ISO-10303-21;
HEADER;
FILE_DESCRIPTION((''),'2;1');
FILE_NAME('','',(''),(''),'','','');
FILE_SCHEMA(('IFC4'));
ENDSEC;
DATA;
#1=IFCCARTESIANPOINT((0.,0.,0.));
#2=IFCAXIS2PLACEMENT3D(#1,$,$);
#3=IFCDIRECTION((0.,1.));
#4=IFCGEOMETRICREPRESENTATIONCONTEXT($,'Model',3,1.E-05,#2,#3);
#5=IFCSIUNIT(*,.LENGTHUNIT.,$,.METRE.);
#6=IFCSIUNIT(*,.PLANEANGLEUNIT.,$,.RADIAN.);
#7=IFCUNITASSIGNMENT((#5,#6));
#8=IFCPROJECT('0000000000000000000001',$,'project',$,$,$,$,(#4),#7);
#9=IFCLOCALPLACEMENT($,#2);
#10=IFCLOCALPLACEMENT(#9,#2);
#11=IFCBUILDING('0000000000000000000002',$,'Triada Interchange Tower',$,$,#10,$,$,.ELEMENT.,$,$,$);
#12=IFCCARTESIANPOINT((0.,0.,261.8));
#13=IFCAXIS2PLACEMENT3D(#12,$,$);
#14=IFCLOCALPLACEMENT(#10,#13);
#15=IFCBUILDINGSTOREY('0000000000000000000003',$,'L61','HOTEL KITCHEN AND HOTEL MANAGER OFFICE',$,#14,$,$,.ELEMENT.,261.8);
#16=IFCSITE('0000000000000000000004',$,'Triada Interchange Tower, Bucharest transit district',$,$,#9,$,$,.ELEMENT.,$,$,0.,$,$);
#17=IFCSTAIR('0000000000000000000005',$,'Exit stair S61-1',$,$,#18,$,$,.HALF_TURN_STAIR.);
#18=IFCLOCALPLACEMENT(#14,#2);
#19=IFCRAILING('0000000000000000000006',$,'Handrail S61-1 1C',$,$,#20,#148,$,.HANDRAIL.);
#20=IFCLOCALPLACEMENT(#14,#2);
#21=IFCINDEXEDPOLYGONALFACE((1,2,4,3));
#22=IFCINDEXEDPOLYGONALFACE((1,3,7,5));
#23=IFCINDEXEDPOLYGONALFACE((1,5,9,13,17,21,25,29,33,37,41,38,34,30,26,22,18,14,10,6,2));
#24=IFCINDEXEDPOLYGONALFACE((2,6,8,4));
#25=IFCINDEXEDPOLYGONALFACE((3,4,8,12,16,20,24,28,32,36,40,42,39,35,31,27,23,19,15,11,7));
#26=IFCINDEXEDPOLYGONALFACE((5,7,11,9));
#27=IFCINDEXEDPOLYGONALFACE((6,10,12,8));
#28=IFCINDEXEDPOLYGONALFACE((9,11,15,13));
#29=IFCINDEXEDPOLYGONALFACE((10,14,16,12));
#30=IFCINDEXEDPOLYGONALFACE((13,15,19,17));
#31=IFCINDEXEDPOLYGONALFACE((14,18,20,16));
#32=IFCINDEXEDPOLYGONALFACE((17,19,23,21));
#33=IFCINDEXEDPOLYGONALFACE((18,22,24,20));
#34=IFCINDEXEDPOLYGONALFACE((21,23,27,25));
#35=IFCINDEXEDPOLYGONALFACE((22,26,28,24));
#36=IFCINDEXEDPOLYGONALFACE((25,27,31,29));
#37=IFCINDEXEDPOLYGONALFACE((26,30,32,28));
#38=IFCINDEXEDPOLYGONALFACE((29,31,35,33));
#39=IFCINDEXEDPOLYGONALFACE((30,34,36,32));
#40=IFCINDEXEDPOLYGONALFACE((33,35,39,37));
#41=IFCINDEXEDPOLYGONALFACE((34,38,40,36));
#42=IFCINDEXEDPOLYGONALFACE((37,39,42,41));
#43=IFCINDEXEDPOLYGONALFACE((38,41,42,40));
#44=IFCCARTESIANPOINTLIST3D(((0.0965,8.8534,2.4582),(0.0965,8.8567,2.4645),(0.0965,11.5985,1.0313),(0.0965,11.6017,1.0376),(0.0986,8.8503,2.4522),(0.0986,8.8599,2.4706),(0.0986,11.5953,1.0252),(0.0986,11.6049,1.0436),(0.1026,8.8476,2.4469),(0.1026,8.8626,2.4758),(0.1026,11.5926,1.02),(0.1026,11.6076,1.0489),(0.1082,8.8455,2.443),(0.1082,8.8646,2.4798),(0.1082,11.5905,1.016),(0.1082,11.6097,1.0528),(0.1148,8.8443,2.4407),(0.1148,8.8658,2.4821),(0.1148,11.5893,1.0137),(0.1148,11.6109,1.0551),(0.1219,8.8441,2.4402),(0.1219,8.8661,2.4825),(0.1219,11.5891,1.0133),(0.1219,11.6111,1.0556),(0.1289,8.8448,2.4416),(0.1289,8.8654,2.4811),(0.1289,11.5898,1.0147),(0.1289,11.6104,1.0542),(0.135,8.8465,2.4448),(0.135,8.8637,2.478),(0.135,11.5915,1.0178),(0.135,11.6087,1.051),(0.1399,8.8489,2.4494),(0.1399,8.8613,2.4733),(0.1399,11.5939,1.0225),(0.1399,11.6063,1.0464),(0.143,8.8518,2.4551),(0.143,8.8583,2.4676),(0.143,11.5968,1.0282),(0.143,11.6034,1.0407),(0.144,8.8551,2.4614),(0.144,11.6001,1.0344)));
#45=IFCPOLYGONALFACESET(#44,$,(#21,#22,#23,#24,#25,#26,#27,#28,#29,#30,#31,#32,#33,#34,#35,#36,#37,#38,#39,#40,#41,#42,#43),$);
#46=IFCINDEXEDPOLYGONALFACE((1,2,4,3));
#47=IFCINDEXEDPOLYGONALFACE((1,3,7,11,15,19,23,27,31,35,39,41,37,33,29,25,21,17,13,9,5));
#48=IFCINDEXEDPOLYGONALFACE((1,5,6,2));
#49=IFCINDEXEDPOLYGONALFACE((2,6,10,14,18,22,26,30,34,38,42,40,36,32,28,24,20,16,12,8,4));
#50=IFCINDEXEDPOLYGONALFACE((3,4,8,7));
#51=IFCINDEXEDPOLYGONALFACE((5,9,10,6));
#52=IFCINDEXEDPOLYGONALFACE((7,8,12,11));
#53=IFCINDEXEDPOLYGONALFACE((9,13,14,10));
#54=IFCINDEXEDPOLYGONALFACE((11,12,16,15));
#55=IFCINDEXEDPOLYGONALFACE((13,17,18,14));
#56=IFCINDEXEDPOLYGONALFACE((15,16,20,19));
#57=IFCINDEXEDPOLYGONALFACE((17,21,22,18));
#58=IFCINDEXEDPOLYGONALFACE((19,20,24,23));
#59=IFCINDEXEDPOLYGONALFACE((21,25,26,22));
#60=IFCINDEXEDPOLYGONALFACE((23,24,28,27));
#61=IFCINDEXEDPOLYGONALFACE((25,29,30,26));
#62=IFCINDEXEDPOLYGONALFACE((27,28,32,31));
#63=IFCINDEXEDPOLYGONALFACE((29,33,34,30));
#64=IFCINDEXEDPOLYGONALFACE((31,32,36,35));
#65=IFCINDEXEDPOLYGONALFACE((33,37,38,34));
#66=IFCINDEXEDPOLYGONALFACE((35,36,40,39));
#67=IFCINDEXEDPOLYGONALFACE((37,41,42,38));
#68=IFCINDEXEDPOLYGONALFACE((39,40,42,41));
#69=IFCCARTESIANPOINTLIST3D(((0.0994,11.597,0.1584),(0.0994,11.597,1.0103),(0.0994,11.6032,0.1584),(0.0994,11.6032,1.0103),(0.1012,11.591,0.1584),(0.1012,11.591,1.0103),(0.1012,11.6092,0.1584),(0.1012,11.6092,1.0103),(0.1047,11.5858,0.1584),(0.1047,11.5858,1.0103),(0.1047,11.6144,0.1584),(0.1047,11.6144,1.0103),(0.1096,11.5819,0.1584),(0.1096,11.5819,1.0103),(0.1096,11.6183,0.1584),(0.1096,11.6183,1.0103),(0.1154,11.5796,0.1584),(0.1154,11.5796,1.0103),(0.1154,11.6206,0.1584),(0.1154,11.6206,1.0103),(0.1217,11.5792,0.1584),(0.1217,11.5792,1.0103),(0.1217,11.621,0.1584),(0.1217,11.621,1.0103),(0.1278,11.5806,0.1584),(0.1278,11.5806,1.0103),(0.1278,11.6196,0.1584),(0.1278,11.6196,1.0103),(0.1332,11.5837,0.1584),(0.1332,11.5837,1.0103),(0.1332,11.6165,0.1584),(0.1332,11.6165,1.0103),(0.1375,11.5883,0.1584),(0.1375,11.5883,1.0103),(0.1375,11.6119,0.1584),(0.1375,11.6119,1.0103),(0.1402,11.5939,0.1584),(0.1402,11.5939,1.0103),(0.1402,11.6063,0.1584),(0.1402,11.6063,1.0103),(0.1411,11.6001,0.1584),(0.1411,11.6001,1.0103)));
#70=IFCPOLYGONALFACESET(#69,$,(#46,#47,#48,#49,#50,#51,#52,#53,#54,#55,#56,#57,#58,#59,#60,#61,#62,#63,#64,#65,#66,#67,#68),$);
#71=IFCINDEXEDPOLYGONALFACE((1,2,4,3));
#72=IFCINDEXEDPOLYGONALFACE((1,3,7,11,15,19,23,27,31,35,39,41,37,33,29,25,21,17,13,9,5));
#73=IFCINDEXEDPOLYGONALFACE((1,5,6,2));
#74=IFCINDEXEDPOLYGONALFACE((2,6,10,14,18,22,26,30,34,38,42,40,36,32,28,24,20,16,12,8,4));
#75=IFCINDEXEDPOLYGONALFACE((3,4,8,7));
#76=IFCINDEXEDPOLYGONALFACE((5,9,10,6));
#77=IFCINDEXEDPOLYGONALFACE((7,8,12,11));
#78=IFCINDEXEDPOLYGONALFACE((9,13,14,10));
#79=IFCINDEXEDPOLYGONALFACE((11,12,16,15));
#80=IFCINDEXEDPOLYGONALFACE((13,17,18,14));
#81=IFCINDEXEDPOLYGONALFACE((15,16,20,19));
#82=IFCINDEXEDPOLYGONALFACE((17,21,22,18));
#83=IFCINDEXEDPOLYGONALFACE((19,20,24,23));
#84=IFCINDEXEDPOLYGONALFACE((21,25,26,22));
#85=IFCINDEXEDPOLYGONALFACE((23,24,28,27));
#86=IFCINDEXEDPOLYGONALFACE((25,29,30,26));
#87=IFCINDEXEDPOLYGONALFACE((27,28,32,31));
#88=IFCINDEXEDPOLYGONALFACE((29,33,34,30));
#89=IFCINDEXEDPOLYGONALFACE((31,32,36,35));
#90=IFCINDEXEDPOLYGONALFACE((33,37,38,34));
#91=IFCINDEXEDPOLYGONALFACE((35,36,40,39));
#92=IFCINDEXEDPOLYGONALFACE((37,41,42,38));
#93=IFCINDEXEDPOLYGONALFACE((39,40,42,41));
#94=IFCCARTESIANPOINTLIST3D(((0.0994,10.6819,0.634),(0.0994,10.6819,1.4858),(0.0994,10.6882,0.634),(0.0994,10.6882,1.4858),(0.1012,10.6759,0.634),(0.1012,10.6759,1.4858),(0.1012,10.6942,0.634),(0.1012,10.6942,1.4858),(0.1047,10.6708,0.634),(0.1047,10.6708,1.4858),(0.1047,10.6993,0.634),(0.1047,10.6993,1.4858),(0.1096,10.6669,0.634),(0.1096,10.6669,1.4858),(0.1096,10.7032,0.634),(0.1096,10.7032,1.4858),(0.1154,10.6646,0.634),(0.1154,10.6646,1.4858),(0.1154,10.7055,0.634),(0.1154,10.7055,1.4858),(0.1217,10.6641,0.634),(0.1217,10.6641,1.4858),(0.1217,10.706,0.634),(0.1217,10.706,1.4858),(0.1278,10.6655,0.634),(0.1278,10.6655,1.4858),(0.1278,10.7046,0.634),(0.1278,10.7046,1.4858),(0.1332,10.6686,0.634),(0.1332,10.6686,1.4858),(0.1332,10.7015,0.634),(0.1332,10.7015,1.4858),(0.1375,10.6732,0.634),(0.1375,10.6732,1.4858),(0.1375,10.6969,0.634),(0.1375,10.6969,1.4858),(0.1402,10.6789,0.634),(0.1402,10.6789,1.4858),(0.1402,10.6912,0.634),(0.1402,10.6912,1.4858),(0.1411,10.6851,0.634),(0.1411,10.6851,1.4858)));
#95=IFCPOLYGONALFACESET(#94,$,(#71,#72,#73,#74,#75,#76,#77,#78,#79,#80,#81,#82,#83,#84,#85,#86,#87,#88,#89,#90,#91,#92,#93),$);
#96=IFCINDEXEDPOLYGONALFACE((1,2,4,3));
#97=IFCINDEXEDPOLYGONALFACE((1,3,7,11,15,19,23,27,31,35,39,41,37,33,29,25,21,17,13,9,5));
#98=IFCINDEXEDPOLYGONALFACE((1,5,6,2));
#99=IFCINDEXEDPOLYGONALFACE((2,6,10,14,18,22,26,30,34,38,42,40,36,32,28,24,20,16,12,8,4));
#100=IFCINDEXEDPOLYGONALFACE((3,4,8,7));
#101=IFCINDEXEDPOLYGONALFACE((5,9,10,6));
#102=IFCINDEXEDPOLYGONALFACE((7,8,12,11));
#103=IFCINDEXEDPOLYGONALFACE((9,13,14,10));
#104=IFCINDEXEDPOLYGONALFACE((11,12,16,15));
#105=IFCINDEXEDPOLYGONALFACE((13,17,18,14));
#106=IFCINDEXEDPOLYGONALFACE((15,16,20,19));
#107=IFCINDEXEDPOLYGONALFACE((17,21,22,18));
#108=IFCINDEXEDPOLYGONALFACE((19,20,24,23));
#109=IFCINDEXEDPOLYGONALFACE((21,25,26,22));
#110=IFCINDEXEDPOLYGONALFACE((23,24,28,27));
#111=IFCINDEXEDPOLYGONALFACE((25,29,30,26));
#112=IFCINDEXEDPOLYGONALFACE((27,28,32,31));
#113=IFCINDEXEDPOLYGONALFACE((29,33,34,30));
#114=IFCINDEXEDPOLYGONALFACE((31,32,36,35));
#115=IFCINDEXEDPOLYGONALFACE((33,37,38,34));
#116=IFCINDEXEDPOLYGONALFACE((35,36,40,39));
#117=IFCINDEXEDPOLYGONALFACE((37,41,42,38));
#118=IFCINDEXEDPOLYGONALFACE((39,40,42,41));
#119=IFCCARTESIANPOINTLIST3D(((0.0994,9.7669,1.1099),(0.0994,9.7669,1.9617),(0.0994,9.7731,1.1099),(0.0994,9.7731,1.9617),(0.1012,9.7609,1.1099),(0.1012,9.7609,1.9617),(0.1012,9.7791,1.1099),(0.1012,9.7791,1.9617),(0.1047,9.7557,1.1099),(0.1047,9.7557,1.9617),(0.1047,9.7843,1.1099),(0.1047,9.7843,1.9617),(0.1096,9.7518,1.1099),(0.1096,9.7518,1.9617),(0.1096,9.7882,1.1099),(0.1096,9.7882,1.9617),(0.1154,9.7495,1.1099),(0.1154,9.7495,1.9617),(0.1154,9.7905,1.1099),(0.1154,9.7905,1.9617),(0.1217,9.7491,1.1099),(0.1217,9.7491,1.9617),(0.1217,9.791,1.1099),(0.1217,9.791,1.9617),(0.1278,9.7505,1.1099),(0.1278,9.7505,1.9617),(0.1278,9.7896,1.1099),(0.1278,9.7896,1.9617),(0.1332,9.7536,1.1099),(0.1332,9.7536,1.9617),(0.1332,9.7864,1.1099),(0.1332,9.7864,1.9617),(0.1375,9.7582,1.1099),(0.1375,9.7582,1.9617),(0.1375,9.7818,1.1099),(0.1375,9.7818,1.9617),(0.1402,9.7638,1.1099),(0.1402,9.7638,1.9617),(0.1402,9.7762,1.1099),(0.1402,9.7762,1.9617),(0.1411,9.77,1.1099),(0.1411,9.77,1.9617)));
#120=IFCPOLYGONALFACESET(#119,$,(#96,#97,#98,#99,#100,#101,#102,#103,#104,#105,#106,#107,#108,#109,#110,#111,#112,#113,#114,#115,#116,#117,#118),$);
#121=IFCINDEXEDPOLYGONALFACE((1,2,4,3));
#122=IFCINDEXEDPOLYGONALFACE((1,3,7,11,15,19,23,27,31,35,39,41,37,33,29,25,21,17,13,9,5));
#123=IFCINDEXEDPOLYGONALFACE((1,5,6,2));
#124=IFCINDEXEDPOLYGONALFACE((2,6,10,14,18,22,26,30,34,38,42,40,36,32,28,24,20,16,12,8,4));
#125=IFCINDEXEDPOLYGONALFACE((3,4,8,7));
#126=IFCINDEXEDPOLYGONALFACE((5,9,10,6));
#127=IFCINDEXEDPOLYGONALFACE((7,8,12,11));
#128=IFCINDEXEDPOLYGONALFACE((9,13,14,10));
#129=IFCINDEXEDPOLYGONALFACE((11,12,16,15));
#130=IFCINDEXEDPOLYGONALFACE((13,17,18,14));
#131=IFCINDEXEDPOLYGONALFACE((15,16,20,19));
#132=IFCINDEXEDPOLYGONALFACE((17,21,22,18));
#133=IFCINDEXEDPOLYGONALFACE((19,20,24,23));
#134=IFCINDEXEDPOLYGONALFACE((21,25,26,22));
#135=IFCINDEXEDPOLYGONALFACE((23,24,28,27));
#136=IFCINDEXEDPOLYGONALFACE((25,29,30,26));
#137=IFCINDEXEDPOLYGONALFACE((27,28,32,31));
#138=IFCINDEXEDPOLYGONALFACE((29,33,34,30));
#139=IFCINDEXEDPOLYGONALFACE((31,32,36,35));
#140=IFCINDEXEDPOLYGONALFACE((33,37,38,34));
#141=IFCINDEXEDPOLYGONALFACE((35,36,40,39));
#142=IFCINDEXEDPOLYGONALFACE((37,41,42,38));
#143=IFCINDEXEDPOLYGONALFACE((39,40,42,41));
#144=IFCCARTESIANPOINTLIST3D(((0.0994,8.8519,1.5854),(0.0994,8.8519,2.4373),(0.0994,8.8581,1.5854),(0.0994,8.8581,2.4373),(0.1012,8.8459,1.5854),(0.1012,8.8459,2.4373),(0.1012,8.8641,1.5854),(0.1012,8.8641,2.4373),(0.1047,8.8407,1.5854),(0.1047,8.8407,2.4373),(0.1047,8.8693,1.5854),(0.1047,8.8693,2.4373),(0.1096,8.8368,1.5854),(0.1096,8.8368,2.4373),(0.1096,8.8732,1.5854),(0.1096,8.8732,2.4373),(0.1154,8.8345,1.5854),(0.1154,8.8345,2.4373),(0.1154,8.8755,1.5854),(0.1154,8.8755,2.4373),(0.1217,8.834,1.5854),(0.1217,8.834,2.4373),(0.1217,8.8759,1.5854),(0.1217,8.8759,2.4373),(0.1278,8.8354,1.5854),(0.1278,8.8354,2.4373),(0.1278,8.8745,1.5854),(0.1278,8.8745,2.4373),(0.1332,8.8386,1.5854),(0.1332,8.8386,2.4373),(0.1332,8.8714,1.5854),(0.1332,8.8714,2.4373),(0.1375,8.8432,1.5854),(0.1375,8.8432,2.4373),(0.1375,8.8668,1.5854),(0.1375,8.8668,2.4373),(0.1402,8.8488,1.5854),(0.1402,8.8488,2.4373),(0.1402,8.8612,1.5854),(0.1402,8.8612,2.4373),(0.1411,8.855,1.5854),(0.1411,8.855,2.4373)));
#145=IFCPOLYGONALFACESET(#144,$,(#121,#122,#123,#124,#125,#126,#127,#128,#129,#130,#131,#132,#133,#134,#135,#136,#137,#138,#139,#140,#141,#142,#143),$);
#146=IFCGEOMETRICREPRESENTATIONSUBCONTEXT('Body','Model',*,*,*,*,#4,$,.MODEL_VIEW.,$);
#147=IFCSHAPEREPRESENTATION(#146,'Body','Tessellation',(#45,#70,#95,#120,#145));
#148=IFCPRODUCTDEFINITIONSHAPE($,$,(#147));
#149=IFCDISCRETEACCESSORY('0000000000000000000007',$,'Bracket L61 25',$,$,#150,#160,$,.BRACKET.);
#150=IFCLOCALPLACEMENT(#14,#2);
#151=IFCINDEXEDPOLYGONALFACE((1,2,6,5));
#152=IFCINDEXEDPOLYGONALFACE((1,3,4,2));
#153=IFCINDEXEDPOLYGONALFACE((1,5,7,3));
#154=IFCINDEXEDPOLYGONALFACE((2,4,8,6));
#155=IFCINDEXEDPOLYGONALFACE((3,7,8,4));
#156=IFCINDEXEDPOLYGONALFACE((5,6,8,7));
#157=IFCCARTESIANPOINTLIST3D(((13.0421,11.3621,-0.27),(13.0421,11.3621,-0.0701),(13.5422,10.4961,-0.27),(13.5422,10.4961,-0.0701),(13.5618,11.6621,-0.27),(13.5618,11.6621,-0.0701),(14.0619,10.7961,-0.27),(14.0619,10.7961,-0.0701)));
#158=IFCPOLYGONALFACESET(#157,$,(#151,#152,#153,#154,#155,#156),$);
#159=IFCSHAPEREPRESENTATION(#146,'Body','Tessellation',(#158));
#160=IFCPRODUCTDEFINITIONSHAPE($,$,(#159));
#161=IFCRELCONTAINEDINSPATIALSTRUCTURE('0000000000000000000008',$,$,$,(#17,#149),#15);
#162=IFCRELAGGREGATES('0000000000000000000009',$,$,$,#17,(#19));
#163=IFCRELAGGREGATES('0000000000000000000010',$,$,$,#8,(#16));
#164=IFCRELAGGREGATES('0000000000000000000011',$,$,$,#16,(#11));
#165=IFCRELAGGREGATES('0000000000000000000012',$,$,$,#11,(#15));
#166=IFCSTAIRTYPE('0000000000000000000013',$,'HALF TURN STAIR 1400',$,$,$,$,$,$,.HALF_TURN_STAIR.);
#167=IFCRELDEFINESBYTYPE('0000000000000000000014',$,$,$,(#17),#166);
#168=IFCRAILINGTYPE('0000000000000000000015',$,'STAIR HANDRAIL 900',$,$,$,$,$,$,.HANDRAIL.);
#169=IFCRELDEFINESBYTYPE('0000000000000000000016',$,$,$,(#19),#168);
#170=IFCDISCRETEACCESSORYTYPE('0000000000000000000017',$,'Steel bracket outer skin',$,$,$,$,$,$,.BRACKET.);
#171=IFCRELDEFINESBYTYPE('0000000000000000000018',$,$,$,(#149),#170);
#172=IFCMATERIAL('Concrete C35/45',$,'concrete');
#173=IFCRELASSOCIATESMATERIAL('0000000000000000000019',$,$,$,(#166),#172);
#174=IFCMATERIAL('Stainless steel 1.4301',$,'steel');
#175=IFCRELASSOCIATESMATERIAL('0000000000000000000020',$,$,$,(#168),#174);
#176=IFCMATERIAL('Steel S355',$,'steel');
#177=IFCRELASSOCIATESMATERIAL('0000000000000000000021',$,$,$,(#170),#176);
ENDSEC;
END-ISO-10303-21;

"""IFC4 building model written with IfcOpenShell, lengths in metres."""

from ifc_helpers import new_model, si_unit, direction, frame, origin, origin_2d, place, context, subcontext, project, spatial, rectangle, circle, extrude, material, type_object, element, aggregate, save


model = new_model("IFC4")

# Units and contexts
model_context = context("Model", 3, precision=1e-05, world=origin(), true_north=direction((0.0, 1.0)))
body_context = subcontext(model_context, "Body", "Model", "MODEL_VIEW")
ifc_project = project(units=[si_unit("LENGTHUNIT", "METRE"), si_unit("PLANEANGLEUNIT", "RADIAN")], contexts=[model_context])

# Site, building, storey
site_placement = place(None, origin())
site = spatial("IfcSite", under=ifc_project, at=site_placement, Name="Triada Interchange Tower, Bucharest transit district", CompositionType="ELEMENT", RefElevation=0.0)
building_placement = place(site_placement, origin())
building = spatial("IfcBuilding", under=site, at=building_placement, Name="Triada Interchange Tower", CompositionType="ELEMENT")
storey_placement = place(building_placement, frame((0.0, 0.0, 261.8)))
storey = spatial("IfcBuildingStorey", under=building, at=storey_placement, Name="L61", Description="HOTEL KITCHEN AND HOTEL MANAGER OFFICE", CompositionType="ELEMENT", Elevation=261.8)

# Stair
ifc_material_1 = material(Name="Concrete C35/45", Category="concrete")
stair_type = type_object("IfcStairType", Name="HALF TURN STAIR 1400", PredefinedType="HALF_TURN_STAIR", material=ifc_material_1)
stair_1_placement = place(storey_placement, origin())
stair_1 = element("IfcStair", 1, at=stair_1_placement, inside=storey, type_object=stair_type, Name="Exit stair S61-1", PredefinedType="HALF_TURN_STAIR")

# Railing
ifc_material_2 = material(Name="Stainless steel 1.4301", Category="steel")
railing_type = type_object("IfcRailingType", Name="STAIR HANDRAIL 900", PredefinedType="HANDRAIL", material=ifc_material_2)
railing_placement = place(storey_placement, frame((0.1201, 11.6001, 0.1584)))
railing = element("IfcRailing", 2, at=railing_placement, type_object=railing_type, Name="Handrail S61-1 1C", PredefinedType="HANDRAIL", context=body_context, shape_type="SweptSolid", body=[
    extrude(circle(Radius=0.0239, at=origin_2d()), frame((0.0, 0.0, 0.876), z_axis=(0.0, -0.887278, 0.461236), x_axis=(1.0, 0.0, 0.0)), (0.0, 0.0, 1.0), 3.0938),
    extrude(circle(Radius=0.021, at=origin_2d()), origin(), (0.0, 0.0, 1.0), 0.8518),
    extrude(circle(Radius=0.021, at=origin_2d()), frame((0.0, -0.915, 0.4756)), (0.0, 0.0, 1.0), 0.8518),
    extrude(circle(Radius=0.021, at=origin_2d()), frame((0.0, -1.8301, 0.9514)), (0.0, 0.0, 1.0), 0.8518),
    extrude(circle(Radius=0.021, at=origin_2d()), frame((0.0, -2.7451, 1.427)), (0.0, 0.0, 1.0), 0.8518),
])
aggregate(stair_1, [railing])

# Discrete accessory
ifc_material_3 = material(Name="Steel S355", Category="steel")
discrete_accessory_type = type_object("IfcDiscreteAccessoryType", Name="Steel bracket outer skin", PredefinedType="BRACKET", material=ifc_material_3)
discrete_accessory_placement = place(storey_placement, frame((13.552, 11.0791, -0.27), z_axis=(0.0, 0.0, 1.0), x_axis=(0.866018, 0.500013, 0.0)))
element("IfcDiscreteAccessory", 3, at=discrete_accessory_placement, inside=storey, type_object=discrete_accessory_type, Name="Bracket L61 25", PredefinedType="BRACKET", context=body_context, shape_type="SweptSolid", body=[
    extrude(rectangle(XDim=0.6001, YDim=1.0, at=origin_2d()), origin(), (0.0, 0.0, 1.0), 0.2),
])

save(model, "model.ifc")
